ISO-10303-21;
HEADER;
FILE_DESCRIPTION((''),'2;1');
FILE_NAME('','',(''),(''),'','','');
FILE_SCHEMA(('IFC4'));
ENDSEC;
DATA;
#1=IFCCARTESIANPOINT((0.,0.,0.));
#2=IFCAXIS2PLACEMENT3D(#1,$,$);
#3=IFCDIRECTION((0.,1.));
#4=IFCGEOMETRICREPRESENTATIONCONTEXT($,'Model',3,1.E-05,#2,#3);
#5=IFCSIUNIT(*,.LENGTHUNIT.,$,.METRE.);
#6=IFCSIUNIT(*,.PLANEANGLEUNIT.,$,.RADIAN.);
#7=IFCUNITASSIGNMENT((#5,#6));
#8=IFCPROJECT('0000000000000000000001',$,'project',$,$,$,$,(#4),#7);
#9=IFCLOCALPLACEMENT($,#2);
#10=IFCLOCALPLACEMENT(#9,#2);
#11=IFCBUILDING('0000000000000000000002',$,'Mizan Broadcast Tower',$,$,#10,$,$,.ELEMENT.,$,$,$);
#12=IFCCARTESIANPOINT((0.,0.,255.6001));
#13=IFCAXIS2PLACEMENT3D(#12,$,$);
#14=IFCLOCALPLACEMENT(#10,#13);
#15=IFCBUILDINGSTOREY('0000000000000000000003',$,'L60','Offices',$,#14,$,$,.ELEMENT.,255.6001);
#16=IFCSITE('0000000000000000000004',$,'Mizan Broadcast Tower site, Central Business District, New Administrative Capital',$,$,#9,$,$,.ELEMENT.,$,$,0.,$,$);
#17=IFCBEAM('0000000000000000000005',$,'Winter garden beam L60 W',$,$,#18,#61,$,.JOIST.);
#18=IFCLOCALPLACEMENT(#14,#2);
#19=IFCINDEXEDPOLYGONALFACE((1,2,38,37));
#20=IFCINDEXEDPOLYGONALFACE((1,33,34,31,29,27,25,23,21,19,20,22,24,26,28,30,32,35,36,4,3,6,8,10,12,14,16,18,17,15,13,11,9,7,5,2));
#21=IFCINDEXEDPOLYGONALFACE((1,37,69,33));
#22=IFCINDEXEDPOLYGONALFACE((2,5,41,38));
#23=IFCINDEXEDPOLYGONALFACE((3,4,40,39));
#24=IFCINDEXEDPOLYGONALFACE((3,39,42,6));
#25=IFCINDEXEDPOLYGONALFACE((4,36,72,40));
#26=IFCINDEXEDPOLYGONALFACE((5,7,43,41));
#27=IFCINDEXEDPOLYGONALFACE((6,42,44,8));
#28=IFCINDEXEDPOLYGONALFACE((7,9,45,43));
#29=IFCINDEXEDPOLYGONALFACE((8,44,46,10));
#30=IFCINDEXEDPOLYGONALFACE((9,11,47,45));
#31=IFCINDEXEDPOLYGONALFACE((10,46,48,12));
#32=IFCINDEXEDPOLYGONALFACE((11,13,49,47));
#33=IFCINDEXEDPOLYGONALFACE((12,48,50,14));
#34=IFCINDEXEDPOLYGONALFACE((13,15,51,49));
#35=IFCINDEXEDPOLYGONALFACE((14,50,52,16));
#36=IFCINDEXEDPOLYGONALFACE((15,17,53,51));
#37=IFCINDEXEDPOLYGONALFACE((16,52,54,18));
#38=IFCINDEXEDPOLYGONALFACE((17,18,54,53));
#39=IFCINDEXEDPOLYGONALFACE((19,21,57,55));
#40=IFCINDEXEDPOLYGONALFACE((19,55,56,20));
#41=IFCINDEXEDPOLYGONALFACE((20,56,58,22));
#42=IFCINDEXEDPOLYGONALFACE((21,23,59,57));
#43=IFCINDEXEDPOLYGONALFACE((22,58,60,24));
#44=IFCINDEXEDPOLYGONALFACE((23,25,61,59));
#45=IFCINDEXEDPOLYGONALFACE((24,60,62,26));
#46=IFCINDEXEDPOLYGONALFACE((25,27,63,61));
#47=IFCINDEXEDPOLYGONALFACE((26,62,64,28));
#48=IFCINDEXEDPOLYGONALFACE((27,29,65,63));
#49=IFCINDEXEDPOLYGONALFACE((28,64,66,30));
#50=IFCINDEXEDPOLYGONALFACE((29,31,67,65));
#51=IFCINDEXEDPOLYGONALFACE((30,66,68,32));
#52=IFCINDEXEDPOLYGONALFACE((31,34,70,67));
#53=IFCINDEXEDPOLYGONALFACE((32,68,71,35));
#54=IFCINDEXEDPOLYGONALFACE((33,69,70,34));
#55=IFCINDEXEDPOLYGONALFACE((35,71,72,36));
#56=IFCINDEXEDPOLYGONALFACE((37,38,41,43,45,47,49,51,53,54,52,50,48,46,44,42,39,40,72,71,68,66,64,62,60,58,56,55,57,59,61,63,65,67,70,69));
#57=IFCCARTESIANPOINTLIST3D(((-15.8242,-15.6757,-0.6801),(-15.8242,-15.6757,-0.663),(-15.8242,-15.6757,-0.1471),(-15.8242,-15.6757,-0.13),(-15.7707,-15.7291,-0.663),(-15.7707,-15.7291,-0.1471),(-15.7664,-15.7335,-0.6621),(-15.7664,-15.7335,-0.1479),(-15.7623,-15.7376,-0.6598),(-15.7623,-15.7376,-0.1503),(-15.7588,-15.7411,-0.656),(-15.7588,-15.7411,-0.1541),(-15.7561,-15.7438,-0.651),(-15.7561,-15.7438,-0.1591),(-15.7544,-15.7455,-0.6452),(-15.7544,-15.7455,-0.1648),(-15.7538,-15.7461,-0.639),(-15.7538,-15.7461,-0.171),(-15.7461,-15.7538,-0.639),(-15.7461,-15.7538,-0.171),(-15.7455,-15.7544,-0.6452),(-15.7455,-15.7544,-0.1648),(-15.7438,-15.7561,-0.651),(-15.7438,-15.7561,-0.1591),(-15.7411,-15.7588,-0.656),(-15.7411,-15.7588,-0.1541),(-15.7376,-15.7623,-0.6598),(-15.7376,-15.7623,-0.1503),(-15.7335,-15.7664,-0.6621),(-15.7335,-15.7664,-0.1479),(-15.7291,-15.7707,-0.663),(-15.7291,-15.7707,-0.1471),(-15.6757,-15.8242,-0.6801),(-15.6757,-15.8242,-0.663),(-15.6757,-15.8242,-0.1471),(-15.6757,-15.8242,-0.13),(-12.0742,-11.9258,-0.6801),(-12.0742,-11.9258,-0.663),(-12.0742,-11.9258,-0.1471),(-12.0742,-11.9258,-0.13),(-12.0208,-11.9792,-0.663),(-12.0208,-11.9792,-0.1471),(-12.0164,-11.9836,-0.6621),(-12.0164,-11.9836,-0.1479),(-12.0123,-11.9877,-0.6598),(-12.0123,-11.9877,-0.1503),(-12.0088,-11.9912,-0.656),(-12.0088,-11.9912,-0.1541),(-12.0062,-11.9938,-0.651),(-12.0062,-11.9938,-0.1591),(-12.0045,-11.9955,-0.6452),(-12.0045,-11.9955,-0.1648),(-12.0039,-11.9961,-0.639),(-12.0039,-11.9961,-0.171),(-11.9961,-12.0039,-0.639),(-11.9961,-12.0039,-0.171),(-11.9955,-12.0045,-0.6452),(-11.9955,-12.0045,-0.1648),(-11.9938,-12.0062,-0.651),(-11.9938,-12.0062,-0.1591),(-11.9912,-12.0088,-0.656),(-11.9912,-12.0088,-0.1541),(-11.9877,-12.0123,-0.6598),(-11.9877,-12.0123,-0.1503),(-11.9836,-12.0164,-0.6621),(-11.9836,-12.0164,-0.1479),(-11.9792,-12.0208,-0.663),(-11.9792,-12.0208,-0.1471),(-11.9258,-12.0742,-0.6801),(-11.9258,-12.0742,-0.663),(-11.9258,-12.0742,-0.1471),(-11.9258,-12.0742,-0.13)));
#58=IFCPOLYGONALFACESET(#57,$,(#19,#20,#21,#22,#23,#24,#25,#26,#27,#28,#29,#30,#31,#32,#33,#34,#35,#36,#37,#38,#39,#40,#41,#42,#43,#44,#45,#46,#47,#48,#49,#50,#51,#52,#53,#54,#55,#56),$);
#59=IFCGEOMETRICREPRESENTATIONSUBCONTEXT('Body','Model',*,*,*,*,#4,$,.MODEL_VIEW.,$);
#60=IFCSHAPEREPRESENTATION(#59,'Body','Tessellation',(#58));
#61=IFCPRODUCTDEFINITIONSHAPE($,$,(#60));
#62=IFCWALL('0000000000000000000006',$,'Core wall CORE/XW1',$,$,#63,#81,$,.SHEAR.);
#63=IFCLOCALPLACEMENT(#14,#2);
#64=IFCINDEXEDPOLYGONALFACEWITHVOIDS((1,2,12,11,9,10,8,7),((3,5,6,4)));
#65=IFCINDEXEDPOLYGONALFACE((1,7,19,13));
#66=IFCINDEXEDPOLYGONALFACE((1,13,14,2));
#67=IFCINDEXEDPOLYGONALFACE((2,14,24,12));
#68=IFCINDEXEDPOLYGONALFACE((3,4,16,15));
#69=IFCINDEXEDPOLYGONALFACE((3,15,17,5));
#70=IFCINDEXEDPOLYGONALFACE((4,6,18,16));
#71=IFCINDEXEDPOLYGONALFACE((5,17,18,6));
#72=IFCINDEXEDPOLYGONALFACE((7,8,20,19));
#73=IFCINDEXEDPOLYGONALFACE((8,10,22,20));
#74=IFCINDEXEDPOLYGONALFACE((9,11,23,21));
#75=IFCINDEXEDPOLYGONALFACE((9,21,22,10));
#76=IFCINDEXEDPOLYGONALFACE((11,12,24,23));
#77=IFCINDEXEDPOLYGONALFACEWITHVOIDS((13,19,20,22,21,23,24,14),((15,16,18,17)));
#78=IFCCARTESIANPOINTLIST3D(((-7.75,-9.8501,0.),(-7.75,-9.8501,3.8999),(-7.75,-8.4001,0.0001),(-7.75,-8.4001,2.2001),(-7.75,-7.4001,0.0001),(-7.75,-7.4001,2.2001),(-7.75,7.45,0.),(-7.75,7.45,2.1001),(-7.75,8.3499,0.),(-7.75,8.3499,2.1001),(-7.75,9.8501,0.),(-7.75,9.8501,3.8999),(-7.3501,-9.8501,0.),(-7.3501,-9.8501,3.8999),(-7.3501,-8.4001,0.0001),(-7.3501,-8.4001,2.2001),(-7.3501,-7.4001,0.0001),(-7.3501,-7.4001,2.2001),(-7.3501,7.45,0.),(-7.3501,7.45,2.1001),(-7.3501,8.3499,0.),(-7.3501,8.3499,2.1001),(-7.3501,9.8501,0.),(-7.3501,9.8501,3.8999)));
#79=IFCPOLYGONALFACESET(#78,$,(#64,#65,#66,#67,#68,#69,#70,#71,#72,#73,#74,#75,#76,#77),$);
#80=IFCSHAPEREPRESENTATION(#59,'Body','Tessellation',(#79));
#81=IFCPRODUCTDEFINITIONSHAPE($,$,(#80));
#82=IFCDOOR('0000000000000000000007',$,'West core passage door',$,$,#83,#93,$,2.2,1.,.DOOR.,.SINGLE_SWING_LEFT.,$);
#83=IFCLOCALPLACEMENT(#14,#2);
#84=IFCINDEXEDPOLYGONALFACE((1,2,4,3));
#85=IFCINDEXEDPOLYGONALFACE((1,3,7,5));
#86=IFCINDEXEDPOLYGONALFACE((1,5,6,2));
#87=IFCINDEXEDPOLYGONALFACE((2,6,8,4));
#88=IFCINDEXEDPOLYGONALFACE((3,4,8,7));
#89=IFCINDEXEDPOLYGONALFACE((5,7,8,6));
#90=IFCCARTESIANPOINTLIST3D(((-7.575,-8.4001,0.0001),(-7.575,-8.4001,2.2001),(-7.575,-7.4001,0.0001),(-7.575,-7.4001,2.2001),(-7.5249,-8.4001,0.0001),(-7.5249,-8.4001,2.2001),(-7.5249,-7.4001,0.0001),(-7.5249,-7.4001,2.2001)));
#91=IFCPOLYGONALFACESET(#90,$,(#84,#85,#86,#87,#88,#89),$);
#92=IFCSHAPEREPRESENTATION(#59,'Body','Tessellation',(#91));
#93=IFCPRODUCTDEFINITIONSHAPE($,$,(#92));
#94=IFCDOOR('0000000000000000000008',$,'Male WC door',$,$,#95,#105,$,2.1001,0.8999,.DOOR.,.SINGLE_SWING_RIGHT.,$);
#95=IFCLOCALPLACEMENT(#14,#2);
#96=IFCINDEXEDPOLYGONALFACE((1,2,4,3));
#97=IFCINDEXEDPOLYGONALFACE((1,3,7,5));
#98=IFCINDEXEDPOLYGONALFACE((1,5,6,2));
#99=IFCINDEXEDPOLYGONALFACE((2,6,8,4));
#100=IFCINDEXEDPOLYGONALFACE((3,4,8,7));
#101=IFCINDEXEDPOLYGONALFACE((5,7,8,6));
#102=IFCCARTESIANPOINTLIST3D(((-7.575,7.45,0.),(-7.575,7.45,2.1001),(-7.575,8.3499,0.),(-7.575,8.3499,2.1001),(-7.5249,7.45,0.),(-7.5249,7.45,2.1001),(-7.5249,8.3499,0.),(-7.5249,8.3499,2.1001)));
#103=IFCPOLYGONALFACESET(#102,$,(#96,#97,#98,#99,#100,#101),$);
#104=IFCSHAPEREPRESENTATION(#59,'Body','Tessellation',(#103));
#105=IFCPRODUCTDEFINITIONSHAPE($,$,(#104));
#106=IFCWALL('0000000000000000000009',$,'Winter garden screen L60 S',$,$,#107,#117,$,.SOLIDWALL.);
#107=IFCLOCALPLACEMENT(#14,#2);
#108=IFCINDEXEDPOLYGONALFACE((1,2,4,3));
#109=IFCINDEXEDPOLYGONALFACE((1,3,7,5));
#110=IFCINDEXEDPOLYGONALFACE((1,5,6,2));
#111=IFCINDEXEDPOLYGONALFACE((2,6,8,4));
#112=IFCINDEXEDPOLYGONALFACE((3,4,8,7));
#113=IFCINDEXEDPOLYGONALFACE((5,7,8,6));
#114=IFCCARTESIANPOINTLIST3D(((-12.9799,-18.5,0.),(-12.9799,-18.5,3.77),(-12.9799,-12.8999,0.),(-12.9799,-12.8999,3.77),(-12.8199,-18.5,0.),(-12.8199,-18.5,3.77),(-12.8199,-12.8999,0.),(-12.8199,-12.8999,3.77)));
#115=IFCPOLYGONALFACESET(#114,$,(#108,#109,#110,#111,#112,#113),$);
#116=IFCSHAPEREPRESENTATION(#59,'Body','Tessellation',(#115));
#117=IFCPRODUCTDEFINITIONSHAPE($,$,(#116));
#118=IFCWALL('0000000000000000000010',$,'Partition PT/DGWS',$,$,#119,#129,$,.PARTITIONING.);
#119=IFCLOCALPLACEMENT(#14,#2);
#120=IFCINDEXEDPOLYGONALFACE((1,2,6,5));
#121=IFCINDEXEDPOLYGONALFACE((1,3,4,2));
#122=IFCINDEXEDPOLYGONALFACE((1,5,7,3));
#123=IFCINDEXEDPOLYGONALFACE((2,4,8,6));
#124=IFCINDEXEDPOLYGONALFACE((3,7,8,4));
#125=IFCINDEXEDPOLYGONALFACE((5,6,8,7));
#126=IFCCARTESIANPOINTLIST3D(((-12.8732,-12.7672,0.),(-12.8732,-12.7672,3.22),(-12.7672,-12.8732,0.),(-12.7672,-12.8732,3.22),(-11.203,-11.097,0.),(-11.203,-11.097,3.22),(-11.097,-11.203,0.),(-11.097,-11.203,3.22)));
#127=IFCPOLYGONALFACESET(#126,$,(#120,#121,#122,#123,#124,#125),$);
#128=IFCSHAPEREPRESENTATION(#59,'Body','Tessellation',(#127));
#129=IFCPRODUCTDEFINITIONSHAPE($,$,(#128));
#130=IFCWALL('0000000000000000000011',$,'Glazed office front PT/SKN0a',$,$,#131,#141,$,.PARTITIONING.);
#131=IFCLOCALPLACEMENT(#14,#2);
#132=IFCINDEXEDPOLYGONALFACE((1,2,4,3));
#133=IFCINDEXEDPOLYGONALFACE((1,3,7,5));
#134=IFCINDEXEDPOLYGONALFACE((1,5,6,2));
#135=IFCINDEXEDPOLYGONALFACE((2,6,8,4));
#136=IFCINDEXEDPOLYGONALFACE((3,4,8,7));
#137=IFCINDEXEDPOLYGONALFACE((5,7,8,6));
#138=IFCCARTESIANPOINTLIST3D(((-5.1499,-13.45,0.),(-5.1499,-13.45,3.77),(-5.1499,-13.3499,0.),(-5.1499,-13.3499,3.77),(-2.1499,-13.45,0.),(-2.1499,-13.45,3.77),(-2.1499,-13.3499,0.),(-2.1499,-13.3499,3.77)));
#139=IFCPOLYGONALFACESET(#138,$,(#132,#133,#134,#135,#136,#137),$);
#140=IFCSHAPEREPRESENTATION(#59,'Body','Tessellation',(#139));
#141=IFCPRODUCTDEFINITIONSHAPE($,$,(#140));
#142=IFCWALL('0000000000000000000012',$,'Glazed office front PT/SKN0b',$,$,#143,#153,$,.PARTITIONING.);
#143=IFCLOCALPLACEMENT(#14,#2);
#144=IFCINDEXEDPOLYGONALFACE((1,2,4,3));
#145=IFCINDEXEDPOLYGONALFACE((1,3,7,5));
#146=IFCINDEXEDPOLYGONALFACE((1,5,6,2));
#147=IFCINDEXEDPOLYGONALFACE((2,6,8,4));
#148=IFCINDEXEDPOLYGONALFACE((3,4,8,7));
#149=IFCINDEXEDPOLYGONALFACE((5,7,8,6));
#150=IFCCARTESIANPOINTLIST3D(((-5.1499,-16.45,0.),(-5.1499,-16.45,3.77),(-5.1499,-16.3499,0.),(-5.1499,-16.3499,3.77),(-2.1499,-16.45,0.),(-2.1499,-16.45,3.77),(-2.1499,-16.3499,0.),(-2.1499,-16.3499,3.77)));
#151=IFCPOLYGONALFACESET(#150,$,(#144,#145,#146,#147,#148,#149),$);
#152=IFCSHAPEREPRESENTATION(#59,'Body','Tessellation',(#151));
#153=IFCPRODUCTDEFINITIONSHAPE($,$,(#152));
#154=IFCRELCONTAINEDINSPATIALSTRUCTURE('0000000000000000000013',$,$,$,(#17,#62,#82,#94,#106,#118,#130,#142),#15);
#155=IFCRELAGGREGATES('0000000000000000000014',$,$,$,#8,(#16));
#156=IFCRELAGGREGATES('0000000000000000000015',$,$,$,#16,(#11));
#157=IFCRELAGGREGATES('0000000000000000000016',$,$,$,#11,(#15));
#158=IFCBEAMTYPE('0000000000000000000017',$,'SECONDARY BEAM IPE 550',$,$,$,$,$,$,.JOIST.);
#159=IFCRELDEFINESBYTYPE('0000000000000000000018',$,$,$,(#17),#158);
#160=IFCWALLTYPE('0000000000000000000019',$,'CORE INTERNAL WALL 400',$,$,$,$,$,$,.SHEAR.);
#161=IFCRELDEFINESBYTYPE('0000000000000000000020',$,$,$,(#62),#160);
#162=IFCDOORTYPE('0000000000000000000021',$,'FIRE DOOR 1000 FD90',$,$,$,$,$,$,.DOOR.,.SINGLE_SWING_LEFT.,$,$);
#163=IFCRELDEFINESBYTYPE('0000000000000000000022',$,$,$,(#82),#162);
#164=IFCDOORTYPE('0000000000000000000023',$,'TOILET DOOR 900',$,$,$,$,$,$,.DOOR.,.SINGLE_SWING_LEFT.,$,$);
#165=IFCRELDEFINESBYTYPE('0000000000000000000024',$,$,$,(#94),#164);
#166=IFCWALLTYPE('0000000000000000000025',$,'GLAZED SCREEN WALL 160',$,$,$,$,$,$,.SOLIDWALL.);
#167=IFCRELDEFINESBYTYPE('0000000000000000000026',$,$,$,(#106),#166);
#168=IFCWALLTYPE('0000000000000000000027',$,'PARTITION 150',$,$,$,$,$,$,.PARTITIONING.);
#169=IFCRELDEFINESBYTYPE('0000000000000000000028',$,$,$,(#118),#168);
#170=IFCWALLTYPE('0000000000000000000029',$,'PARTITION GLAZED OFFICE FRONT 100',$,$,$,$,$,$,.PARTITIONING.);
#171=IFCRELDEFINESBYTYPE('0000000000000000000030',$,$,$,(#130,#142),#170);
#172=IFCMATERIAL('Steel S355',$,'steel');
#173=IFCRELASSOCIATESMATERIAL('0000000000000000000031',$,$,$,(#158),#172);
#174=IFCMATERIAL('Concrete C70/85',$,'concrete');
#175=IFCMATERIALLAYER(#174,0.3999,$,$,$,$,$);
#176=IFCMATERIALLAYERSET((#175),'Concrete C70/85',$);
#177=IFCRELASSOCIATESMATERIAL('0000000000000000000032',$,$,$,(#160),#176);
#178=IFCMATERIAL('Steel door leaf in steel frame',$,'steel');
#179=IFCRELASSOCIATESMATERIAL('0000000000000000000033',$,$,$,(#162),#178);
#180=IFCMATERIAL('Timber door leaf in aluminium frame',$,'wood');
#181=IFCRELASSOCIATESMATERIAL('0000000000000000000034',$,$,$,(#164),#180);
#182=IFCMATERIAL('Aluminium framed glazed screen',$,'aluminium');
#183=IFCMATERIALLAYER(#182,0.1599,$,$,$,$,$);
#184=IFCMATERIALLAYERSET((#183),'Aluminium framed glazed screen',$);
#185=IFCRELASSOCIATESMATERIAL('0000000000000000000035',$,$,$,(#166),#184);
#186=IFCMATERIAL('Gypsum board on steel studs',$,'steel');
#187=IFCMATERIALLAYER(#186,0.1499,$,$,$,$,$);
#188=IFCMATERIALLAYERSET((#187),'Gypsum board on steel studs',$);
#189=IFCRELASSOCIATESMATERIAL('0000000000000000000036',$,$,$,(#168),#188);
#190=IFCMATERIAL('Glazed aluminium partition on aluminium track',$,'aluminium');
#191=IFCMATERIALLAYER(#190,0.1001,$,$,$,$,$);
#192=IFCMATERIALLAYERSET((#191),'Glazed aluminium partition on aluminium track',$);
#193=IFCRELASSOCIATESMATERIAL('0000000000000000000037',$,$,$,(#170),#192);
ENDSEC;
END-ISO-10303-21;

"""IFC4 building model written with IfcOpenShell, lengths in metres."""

from ifc_helpers import new_model, si_unit, direction, frame, frame_2d, origin, origin_2d, place, context, subcontext, project, spatial, rectangle, i_section, extrude, material, layer, layer_set, material_profile, profile_set, type_object, element, fill, save


model = new_model("IFC4")

# Units and contexts
model_context = context("Model", 3, precision=1e-05, world=origin(), true_north=direction((0.0, 1.0)))
body_context = subcontext(model_context, "Body", "Model", "MODEL_VIEW")
ifc_project = project(units=[si_unit("LENGTHUNIT", "METRE"), si_unit("PLANEANGLEUNIT", "RADIAN")], contexts=[model_context])

# Site, building, storey
site_placement = place(None, origin())
site = spatial("IfcSite", under=ifc_project, at=site_placement, Name="Mizan Broadcast Tower site, Central Business District, New Administrative Capital", CompositionType="ELEMENT", RefElevation=0.0)
building_placement = place(site_placement, origin())
building = spatial("IfcBuilding", under=site, at=building_placement, Name="Mizan Broadcast Tower", CompositionType="ELEMENT")
storey_placement = place(building_placement, frame((0.0, 0.0, 255.6001)))
storey = spatial("IfcBuildingStorey", under=building, at=storey_placement, Name="L60", Description="Offices", CompositionType="ELEMENT", Elevation=255.6001)

# Beam
ifc_material_1 = material(Name="Steel S355", Category="steel")
ifc_material_profile_1 = material_profile(ifc_material_1, i_section(OverallWidth=0.21, OverallDepth=0.55, WebThickness=0.011, FlangeThickness=0.0171, FilletRadius=0.0239, at=origin_2d()), Name="IPE 550")
ifc_profile_set_1 = profile_set([ifc_material_profile_1], Name="Steel S355")
beam_type_1 = type_object("IfcBeamType", Name="SECONDARY BEAM IPE 550", PredefinedType="JOIST", material=ifc_profile_set_1)
beam_1_placement = place(storey_placement, frame((-12.0, -12.0, -0.405), z_axis=(-0.707107, -0.707107, 0.0), x_axis=(0.707107, -0.707107, 0.0)))
element("IfcBeam", 1, at=beam_1_placement, inside=storey, type_object=beam_type_1, Name="Winter garden beam L60 W", PredefinedType="JOIST", context=body_context, shape_type="SweptSolid", body=[
    extrude(i_section(OverallWidth=0.21, OverallDepth=0.55, WebThickness=0.011, FlangeThickness=0.0171, FilletRadius=0.0239, at=origin_2d()), origin(), (0.0, 0.0, 1.0), 5.3032),
])

# Wall, openings, doors
ifc_material_2 = material(Name="Concrete C70/85", Category="concrete")
ifc_layer_1 = layer(ifc_material_2, 0.3999)
ifc_layer_set_1 = layer_set([ifc_layer_1], Name="Concrete C70/85")
wall_type_1 = type_object("IfcWallType", Name="CORE INTERNAL WALL 400", PredefinedType="SHEAR", material=ifc_layer_set_1)
wall_1_placement = place(storey_placement, frame((-7.55, -9.8501, 0.0), z_axis=(0.0, 0.0, 1.0), x_axis=(0.0, 1.0, 0.0)))
wall_1 = element("IfcWall", 2, at=wall_1_placement, inside=storey, type_object=wall_type_1, Name="Core wall CORE/XW1", PredefinedType="SHEAR", context=body_context, shape_type="SweptSolid", body=[
    extrude(rectangle(XDim=19.7002, YDim=0.3999, at=frame_2d((9.8501, 0.0))), origin(), (0.0, 0.0, 1.0), 3.8999),
])
opening_1_placement = place(wall_1_placement, frame((1.45, 0.0, 0.0)))
opening_1 = element("IfcOpeningElement", 3, at=opening_1_placement, cuts=wall_1, PredefinedType="OPENING", context=body_context, shape_type="SweptSolid", body=[
    extrude(rectangle(XDim=1.0, YDim=2.2, at=frame_2d((0.5, 1.1001))), frame((0.0, 0.21, 0.0), z_axis=(0.0, -1.0, 0.0), x_axis=(1.0, 0.0, 0.0)), (0.0, 0.0, 1.0), 0.4199),
])
opening_2_placement = place(wall_1_placement, frame((17.3, 0.0, 0.0)))
opening_2 = element("IfcOpeningElement", 4, at=opening_2_placement, cuts=wall_1, PredefinedType="OPENING", context=body_context, shape_type="SweptSolid", body=[
    extrude(rectangle(XDim=0.8999, YDim=2.1001, at=frame_2d((0.45, 1.05))), frame((0.0, 0.21, 0.0), z_axis=(0.0, -1.0, 0.0), x_axis=(1.0, 0.0, 0.0)), (0.0, 0.0, 1.0), 0.4199),
])
ifc_material_3 = material(Name="Steel door leaf in steel frame", Category="steel")
door_type_1 = type_object("IfcDoorType", Name="FIRE DOOR 1000 FD90", OperationType="SINGLE_SWING_LEFT", PredefinedType="DOOR", material=ifc_material_3)
door_1_placement = place(opening_1_placement, origin())
door_1 = element("IfcDoor", 5, at=door_1_placement, inside=storey, type_object=door_type_1, Name="West core passage door", OperationType="SINGLE_SWING_LEFT", OverallHeight=2.2, OverallWidth=1.0, PredefinedType="DOOR", context=body_context, shape_type="SweptSolid", body=[
    extrude(rectangle(XDim=1.0, YDim=2.2, at=frame_2d((0.5, 1.1001))), frame((0.0, 0.0249, 0.0), z_axis=(0.0, -1.0, 0.0), x_axis=(1.0, 0.0, 0.0)), (0.0, 0.0, 1.0), 0.05),
])
fill(opening_1, door_1)
ifc_material_4 = material(Name="Timber door leaf in aluminium frame", Category="wood")
door_type_2 = type_object("IfcDoorType", Name="TOILET DOOR 900", OperationType="SINGLE_SWING_LEFT", PredefinedType="DOOR", material=ifc_material_4)
door_2_placement = place(opening_2_placement, origin())
door_2 = element("IfcDoor", 6, at=door_2_placement, inside=storey, type_object=door_type_2, Name="Male WC door", OperationType="SINGLE_SWING_RIGHT", OverallHeight=2.1001, OverallWidth=0.8999, PredefinedType="DOOR", context=body_context, shape_type="SweptSolid", body=[
    extrude(rectangle(XDim=0.8999, YDim=2.1001, at=frame_2d((0.45, 1.05))), frame((0.0, 0.0249, 0.0), z_axis=(0.0, -1.0, 0.0), x_axis=(1.0, 0.0, 0.0)), (0.0, 0.0, 1.0), 0.05),
])
fill(opening_2, door_2)

# Walls
ifc_material_5 = material(Name="Aluminium framed glazed screen", Category="aluminium")
ifc_layer_2 = layer(ifc_material_5, 0.1599)
ifc_layer_set_2 = layer_set([ifc_layer_2], Name="Aluminium framed glazed screen")
wall_type_2 = type_object("IfcWallType", Name="GLAZED SCREEN WALL 160", PredefinedType="SOLIDWALL", material=ifc_layer_set_2)
wall_2_placement = place(storey_placement, frame((-12.8999, -12.8999, 0.0), z_axis=(0.0, 0.0, 1.0), x_axis=(0.0, -1.0, 0.0)))
element("IfcWall", 7, at=wall_2_placement, inside=storey, type_object=wall_type_2, Name="Winter garden screen L60 S", PredefinedType="SOLIDWALL", context=body_context, shape_type="SweptSolid", body=[
    extrude(rectangle(XDim=5.6001, YDim=0.1599, at=frame_2d((2.8, 0.0))), origin(), (0.0, 0.0, 1.0), 3.77),
])
ifc_material_6 = material(Name="Gypsum board on steel studs", Category="steel")
ifc_layer_3 = layer(ifc_material_6, 0.1499)
ifc_layer_set_3 = layer_set([ifc_layer_3], Name="Gypsum board on steel studs")
wall_type_3 = type_object("IfcWallType", Name="PARTITION 150", PredefinedType="PARTITIONING", material=ifc_layer_set_3)
wall_3_placement = place(storey_placement, frame((-11.1499, -11.1499, 0.0), z_axis=(0.0, 0.0, 1.0), x_axis=(-0.707107, -0.707107, 0.0)))
element("IfcWall", 8, at=wall_3_placement, inside=storey, type_object=wall_type_3, Name="Partition PT/DGWS", PredefinedType="PARTITIONING", context=body_context, shape_type="SweptSolid", body=[
    extrude(rectangle(XDim=2.3621, YDim=0.1499, at=frame_2d((1.1812, 0.0))), origin(), (0.0, 0.0, 1.0), 3.22),
])
ifc_material_7 = material(Name="Glazed aluminium partition on aluminium track", Category="aluminium")
ifc_layer_4 = layer(ifc_material_7, 0.1001)
ifc_layer_set_4 = layer_set([ifc_layer_4], Name="Glazed aluminium partition on aluminium track")
wall_type_4 = type_object("IfcWallType", Name="PARTITION GLAZED OFFICE FRONT 100", PredefinedType="PARTITIONING", material=ifc_layer_set_4)
for number, where, z_axis, x_axis, name in (
    (9, (-2.1499, -13.3999, 0.0), (0.0, 0.0, 1.0), (-1.0, 0.0, 0.0), "Glazed office front PT/SKN0a"),
    (10, (-2.1499, -16.3999, 0.0), (0.0, 0.0, 1.0), (-1.0, 0.0, 0.0), "Glazed office front PT/SKN0b"),
):
    element("IfcWall", number, at=place(storey_placement, frame(where, z_axis=z_axis, x_axis=x_axis)), inside=storey, type_object=wall_type_4, Name=name, PredefinedType="PARTITIONING", context=body_context, shape_type="SweptSolid", body=[
        extrude(rectangle(XDim=3.0, YDim=0.1001, at=frame_2d((1.5, 0.0))), origin(), (0.0, 0.0, 1.0), 3.77),
    ])

save(model, "model.ifc")
